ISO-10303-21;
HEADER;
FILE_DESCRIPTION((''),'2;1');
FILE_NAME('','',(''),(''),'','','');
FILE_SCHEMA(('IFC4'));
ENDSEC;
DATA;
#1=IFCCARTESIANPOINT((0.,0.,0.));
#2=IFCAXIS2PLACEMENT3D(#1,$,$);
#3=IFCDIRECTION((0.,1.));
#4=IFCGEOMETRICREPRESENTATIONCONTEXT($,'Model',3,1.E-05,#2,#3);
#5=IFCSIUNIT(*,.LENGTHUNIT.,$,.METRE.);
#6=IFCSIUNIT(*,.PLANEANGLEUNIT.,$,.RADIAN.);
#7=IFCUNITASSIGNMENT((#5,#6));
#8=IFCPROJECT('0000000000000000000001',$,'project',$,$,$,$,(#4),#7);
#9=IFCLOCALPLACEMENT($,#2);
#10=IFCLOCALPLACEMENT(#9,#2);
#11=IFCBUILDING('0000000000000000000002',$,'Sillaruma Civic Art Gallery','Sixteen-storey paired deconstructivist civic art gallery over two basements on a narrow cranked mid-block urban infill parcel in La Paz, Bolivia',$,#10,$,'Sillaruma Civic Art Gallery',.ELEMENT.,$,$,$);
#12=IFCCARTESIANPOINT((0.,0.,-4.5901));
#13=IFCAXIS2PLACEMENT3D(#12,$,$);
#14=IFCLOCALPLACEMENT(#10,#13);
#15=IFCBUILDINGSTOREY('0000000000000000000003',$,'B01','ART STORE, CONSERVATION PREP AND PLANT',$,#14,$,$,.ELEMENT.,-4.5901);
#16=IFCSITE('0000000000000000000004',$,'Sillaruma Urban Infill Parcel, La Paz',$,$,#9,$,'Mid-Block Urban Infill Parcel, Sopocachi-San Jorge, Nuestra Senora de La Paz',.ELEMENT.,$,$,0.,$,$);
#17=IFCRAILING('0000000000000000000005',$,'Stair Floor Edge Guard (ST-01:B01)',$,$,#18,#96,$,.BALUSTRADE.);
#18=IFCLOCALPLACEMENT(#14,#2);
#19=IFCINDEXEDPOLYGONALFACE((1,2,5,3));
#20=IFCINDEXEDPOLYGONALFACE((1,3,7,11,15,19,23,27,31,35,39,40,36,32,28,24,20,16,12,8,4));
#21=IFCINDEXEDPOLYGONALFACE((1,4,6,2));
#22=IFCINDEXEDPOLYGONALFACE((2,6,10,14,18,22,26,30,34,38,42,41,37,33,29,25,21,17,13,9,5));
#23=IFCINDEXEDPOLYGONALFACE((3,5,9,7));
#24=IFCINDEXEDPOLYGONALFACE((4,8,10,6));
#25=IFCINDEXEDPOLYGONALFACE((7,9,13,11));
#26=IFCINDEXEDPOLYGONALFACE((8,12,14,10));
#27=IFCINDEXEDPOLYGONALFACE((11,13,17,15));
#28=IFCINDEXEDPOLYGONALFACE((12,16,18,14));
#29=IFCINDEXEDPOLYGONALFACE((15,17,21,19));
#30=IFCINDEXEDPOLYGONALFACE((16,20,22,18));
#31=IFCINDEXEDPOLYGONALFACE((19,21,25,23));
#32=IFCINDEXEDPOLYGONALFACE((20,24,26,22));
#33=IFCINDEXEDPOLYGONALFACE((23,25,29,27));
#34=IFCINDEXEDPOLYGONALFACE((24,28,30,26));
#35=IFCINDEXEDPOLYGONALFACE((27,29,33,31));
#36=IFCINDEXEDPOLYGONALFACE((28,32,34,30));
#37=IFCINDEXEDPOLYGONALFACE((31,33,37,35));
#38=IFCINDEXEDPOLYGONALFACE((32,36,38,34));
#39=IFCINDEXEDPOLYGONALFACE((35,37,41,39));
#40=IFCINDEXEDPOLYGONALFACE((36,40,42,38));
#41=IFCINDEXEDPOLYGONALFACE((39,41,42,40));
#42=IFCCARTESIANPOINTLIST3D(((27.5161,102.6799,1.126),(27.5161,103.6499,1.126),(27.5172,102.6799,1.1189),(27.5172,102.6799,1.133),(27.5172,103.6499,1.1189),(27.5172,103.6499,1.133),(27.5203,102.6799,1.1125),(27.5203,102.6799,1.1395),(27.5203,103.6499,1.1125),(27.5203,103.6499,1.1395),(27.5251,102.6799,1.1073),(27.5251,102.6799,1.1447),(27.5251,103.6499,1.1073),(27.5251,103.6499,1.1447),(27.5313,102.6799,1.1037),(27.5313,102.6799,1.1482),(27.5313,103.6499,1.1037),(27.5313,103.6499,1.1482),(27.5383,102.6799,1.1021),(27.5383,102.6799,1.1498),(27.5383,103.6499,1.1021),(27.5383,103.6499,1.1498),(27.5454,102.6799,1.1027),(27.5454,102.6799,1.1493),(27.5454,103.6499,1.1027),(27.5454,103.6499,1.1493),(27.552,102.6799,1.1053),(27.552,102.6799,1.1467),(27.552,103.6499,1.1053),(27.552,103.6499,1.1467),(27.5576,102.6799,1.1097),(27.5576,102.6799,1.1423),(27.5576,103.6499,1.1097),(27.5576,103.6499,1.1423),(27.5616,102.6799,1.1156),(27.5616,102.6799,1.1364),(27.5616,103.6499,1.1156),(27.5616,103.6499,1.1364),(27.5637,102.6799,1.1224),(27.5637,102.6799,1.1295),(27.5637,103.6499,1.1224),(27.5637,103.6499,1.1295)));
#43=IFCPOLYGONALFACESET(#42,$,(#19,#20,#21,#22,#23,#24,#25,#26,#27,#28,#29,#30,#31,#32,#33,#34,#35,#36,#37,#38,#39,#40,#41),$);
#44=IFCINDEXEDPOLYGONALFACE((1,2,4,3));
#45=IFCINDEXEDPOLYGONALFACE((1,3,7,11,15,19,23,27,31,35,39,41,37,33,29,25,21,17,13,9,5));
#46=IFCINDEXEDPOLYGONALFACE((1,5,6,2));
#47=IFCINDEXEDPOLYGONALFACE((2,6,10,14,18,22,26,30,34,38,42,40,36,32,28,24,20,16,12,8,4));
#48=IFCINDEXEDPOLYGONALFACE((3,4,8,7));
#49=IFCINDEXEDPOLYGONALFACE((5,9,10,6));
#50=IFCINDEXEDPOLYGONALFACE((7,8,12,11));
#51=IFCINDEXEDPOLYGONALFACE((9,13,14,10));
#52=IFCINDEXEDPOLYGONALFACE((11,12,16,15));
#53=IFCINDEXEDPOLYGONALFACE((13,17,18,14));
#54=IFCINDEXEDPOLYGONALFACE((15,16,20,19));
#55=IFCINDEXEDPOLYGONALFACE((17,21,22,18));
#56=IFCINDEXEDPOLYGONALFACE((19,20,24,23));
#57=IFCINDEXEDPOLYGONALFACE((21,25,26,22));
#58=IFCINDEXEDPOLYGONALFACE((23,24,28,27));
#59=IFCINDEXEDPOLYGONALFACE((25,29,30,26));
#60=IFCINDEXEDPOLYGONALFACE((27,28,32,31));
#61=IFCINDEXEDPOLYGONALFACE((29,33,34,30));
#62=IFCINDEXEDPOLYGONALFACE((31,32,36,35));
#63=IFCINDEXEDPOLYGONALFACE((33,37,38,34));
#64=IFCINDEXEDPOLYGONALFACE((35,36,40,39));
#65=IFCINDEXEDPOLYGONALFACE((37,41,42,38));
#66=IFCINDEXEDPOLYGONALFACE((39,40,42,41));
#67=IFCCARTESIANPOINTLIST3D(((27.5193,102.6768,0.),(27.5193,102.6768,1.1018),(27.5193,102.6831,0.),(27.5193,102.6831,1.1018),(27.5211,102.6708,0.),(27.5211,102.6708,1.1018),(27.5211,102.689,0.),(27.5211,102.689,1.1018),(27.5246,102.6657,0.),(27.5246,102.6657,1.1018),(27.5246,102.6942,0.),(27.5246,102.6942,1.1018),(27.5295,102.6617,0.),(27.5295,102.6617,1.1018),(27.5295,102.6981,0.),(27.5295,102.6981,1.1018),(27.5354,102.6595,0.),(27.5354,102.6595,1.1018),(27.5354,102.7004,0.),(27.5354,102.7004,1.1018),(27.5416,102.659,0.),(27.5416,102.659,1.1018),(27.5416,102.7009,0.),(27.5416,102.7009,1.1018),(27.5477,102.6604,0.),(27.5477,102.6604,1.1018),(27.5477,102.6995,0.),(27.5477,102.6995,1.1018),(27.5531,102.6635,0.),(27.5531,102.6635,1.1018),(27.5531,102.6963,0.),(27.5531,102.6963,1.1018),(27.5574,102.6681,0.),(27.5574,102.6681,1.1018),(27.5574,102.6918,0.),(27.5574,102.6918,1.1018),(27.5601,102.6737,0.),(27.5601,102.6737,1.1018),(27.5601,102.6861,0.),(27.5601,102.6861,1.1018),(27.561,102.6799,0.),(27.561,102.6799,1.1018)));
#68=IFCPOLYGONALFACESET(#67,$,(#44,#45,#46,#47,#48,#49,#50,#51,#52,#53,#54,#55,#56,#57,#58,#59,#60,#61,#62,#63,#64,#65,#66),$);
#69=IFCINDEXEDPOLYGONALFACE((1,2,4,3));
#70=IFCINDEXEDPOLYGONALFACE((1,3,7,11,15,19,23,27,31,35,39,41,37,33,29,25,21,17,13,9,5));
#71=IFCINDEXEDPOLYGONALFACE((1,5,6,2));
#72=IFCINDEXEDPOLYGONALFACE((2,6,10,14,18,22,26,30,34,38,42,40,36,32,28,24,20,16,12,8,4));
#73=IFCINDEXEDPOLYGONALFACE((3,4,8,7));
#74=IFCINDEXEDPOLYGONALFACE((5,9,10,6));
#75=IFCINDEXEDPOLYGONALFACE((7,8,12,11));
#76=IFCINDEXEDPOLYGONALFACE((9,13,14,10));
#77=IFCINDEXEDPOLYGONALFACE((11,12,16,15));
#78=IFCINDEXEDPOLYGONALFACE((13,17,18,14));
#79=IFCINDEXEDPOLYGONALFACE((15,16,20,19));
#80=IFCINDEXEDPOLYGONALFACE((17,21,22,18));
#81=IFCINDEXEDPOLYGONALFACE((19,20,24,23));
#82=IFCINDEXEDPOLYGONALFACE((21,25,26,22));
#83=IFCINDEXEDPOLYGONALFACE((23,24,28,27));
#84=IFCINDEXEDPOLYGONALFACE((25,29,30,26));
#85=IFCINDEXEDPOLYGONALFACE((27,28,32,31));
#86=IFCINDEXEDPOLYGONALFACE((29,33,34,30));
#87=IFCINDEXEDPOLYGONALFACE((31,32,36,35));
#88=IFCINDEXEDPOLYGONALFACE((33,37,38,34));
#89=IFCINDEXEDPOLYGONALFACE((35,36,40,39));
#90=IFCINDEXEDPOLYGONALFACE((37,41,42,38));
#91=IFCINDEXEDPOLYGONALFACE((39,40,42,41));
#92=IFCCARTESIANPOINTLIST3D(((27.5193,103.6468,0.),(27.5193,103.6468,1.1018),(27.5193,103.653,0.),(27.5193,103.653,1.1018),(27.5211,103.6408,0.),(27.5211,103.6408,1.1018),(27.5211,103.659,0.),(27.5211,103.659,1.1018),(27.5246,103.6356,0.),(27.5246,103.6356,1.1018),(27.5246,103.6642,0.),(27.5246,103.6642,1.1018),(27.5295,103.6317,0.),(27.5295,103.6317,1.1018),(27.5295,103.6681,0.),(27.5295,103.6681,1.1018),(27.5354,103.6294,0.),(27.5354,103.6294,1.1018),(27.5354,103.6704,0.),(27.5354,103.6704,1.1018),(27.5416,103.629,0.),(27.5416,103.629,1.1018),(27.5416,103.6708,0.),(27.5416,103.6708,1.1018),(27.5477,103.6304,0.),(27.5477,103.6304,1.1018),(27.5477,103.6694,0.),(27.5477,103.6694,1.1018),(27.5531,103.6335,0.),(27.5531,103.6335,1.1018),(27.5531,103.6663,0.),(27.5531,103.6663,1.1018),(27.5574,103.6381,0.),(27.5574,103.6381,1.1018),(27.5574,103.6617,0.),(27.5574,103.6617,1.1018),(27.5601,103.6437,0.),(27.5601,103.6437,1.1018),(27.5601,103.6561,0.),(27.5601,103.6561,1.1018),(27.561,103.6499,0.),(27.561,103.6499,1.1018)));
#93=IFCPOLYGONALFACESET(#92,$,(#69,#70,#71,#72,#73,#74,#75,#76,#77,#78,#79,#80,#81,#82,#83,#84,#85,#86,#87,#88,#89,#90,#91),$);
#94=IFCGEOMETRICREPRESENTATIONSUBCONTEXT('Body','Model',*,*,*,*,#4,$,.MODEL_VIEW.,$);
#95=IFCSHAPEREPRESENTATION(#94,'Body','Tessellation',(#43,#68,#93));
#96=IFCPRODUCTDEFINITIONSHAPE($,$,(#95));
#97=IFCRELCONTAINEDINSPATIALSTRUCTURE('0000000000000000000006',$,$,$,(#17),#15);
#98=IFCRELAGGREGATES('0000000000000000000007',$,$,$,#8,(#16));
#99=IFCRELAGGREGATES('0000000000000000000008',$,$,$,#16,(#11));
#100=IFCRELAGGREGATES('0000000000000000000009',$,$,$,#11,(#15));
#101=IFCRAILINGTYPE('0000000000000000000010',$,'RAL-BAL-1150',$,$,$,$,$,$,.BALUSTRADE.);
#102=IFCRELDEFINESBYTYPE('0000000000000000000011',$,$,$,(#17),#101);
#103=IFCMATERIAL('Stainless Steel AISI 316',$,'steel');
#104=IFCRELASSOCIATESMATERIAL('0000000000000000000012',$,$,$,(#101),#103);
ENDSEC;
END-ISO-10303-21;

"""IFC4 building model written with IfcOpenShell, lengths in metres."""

from ifc_helpers import new_model, si_unit, direction, frame, origin, origin_2d, place, context, subcontext, project, spatial, circle, extrude, material, type_object, element, save


model = new_model("IFC4")

# Units and contexts
model_context = context("Model", 3, precision=1e-05, world=origin(), true_north=direction((0.0, 1.0)))
body_context = subcontext(model_context, "Body", "Model", "MODEL_VIEW")
ifc_project = project(units=[si_unit("LENGTHUNIT", "METRE"), si_unit("PLANEANGLEUNIT", "RADIAN")], contexts=[model_context])

# Site, building, storey
site_placement = place(None, origin())
site = spatial("IfcSite", under=ifc_project, at=site_placement, Name="Sillaruma Urban Infill Parcel, La Paz", LongName="Mid-Block Urban Infill Parcel, Sopocachi-San Jorge, Nuestra Senora de La Paz", CompositionType="ELEMENT", RefElevation=0.0)
building_placement = place(site_placement, origin())
building = spatial("IfcBuilding", under=site, at=building_placement, Name="Sillaruma Civic Art Gallery", Description="Sixteen-storey paired deconstructivist civic art gallery over two basements on a narrow cranked mid-block urban infill parcel in La Paz, Bolivia", LongName="Sillaruma Civic Art Gallery", CompositionType="ELEMENT")
storey_placement = place(building_placement, frame((0.0, 0.0, -4.5901)))
storey = spatial("IfcBuildingStorey", under=building, at=storey_placement, Name="B01", Description="ART STORE, CONSERVATION PREP AND PLANT", CompositionType="ELEMENT", Elevation=-4.5901)

# Railing
ifc_material_1 = material(Name="Stainless Steel AISI 316", Category="steel")
railing_type_1 = type_object("IfcRailingType", Name="RAL-BAL-1150", PredefinedType="BALUSTRADE", material=ifc_material_1)
railing_1_placement = place(storey_placement, frame((27.54, 102.6799, 0.0)))
element("IfcRailing", 1, at=railing_1_placement, inside=storey, type_object=railing_type_1, Name="Stair Floor Edge Guard (ST-01:B01)", PredefinedType="BALUSTRADE", context=body_context, shape_type="SweptSolid", body=[
    extrude(circle(Radius=0.0239, at=origin_2d()), frame((0.0, 0.0, 1.126), z_axis=(0.0, 1.0, 0.0), x_axis=(-1.0, 0.0, 0.0)), (0.0, 0.0, 1.0), 0.97),
    extrude(circle(Radius=0.021, at=origin_2d()), origin(), (0.0, 0.0, 1.0), 1.1018),
    extrude(circle(Radius=0.021, at=origin_2d()), frame((0.0, 0.97, 0.0)), (0.0, 0.0, 1.0), 1.1018),
])

save(model, "model.ifc")
